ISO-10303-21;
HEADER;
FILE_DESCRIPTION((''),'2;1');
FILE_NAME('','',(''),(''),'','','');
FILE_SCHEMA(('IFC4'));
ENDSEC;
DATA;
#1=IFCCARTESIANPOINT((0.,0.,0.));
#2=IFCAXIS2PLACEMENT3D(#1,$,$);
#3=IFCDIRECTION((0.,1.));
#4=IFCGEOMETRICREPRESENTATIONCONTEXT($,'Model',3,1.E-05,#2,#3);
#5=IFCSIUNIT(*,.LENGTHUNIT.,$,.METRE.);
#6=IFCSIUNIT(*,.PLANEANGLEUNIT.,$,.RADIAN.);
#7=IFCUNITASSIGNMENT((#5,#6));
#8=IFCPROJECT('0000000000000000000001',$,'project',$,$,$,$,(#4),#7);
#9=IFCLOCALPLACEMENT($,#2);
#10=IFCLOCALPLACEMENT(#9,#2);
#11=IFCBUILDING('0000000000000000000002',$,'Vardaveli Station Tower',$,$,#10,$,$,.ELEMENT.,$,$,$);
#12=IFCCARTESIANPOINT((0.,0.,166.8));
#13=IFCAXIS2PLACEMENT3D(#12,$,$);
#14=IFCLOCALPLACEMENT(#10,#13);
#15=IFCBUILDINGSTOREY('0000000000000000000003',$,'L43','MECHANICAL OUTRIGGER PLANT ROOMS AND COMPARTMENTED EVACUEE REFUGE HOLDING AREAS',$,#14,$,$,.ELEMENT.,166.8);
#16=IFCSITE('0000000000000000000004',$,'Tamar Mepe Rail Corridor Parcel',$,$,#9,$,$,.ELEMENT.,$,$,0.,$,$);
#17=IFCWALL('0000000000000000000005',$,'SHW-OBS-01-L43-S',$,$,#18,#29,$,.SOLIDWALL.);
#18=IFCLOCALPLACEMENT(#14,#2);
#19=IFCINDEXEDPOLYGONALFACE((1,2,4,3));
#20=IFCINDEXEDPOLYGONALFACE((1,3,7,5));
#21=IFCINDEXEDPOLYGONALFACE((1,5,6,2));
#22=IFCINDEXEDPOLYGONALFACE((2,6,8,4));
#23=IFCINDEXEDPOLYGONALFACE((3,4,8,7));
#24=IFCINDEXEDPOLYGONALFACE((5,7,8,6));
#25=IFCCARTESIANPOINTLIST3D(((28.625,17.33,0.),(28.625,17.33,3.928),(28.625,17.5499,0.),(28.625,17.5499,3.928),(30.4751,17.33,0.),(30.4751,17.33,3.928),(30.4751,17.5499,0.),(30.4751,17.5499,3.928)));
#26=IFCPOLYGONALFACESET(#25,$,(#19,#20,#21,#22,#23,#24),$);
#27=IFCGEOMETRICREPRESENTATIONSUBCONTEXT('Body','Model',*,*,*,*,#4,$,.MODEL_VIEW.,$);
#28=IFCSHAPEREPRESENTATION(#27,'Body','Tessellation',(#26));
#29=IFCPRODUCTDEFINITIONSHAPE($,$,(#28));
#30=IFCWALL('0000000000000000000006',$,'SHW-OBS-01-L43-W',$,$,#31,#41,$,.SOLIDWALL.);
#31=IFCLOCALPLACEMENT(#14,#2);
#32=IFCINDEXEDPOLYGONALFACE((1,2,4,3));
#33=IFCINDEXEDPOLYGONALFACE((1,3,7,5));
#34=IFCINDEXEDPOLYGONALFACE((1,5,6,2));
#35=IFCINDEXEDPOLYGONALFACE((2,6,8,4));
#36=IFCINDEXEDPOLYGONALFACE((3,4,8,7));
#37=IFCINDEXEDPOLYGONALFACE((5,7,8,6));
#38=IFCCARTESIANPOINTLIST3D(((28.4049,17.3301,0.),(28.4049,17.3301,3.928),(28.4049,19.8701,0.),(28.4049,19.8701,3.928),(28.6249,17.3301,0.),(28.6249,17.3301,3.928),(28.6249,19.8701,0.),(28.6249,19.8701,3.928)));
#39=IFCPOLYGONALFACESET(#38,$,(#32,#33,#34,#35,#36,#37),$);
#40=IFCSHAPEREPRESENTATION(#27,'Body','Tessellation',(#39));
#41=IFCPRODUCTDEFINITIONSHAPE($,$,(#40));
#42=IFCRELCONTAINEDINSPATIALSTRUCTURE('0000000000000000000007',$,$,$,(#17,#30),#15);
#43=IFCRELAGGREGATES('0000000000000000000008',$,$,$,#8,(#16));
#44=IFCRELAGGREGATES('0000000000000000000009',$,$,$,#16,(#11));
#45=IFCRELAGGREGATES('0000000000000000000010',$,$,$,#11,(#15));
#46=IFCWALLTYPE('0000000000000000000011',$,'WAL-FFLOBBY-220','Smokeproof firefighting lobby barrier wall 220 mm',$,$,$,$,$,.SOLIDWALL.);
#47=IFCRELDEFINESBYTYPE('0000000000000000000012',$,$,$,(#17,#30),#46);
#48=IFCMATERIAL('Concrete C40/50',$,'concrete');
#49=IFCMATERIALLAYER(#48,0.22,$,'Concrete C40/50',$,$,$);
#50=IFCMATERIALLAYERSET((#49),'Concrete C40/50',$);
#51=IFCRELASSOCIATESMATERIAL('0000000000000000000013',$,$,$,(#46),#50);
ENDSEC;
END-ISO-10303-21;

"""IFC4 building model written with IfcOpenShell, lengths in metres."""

from ifc_helpers import new_model, si_unit, direction, frame, frame_2d, origin, place, context, subcontext, project, spatial, rectangle, extrude, source, transform, mapped, material, layer, layer_set, type_object, element, save


model = new_model("IFC4")

# Units and contexts
model_context = context("Model", 3, precision=1e-05, world=origin(), true_north=direction((0.0, 1.0)))
body_context = subcontext(model_context, "Body", "Model", "MODEL_VIEW")
ifc_project = project(units=[si_unit("LENGTHUNIT", "METRE"), si_unit("PLANEANGLEUNIT", "RADIAN")], contexts=[model_context])

# Site, building, storey
site_placement = place(None, origin())
site = spatial("IfcSite", under=ifc_project, at=site_placement, Name="Tamar Mepe Rail Corridor Parcel", CompositionType="ELEMENT", RefElevation=0.0)
building_placement = place(site_placement, origin())
building = spatial("IfcBuilding", under=site, at=building_placement, Name="Vardaveli Station Tower", CompositionType="ELEMENT")
storey_placement = place(building_placement, frame((0.0, 0.0, 166.8)))
storey = spatial("IfcBuildingStorey", under=building, at=storey_placement, Name="L43", Description="MECHANICAL OUTRIGGER PLANT ROOMS AND COMPARTMENTED EVACUEE REFUGE HOLDING AREAS", CompositionType="ELEMENT", Elevation=166.8)

# Walls
ifc_material_1 = material(Name="Concrete C40/50", Category="concrete")
ifc_layer_1 = layer(ifc_material_1, 0.22, Name="Concrete C40/50")
ifc_layer_set_1 = layer_set([ifc_layer_1], Name="Concrete C40/50")
wall_type = type_object("IfcWallType", Name="WAL-FFLOBBY-220", Description="Smokeproof firefighting lobby barrier wall 220 mm", PredefinedType="SOLIDWALL", material=ifc_layer_set_1)
shared_shape_1 = source(origin(), body_context, "Body", "SweptSolid", [
    extrude(rectangle(XDim=1.8501, YDim=0.22, at=frame_2d((0.925, 0.0))), origin(), (0.0, 0.0, 1.0), 3.928),
])
wall_1_placement = place(storey_placement, frame((28.625, 17.4399, 0.0), z_axis=(0.0, 0.0, 1.0), x_axis=(1.0, 0.0, 0.0)))
element("IfcWall", 1, at=wall_1_placement, inside=storey, type_object=wall_type, Name="SHW-OBS-01-L43-S", PredefinedType="SOLIDWALL", context=body_context, shape_type="MappedRepresentation", body=[
    mapped(shared_shape_1, transform((0.0, 0.0, 0.0), scale=1.0)),
])
shared_shape_2 = source(origin(), body_context, "Body", "SweptSolid", [
    extrude(rectangle(XDim=2.54, YDim=0.22, at=frame_2d((1.27, 0.0))), origin(), (0.0, 0.0, 1.0), 3.928),
])
wall_2_placement = place(storey_placement, frame((28.5149, 17.3301, 0.0), z_axis=(0.0, 0.0, 1.0), x_axis=(0.0, 1.0, 0.0)))
element("IfcWall", 2, at=wall_2_placement, inside=storey, type_object=wall_type, Name="SHW-OBS-01-L43-W", PredefinedType="SOLIDWALL", context=body_context, shape_type="MappedRepresentation", body=[
    mapped(shared_shape_2, transform((0.0, 0.0, 0.0), scale=1.0)),
])

save(model, "model.ifc")
